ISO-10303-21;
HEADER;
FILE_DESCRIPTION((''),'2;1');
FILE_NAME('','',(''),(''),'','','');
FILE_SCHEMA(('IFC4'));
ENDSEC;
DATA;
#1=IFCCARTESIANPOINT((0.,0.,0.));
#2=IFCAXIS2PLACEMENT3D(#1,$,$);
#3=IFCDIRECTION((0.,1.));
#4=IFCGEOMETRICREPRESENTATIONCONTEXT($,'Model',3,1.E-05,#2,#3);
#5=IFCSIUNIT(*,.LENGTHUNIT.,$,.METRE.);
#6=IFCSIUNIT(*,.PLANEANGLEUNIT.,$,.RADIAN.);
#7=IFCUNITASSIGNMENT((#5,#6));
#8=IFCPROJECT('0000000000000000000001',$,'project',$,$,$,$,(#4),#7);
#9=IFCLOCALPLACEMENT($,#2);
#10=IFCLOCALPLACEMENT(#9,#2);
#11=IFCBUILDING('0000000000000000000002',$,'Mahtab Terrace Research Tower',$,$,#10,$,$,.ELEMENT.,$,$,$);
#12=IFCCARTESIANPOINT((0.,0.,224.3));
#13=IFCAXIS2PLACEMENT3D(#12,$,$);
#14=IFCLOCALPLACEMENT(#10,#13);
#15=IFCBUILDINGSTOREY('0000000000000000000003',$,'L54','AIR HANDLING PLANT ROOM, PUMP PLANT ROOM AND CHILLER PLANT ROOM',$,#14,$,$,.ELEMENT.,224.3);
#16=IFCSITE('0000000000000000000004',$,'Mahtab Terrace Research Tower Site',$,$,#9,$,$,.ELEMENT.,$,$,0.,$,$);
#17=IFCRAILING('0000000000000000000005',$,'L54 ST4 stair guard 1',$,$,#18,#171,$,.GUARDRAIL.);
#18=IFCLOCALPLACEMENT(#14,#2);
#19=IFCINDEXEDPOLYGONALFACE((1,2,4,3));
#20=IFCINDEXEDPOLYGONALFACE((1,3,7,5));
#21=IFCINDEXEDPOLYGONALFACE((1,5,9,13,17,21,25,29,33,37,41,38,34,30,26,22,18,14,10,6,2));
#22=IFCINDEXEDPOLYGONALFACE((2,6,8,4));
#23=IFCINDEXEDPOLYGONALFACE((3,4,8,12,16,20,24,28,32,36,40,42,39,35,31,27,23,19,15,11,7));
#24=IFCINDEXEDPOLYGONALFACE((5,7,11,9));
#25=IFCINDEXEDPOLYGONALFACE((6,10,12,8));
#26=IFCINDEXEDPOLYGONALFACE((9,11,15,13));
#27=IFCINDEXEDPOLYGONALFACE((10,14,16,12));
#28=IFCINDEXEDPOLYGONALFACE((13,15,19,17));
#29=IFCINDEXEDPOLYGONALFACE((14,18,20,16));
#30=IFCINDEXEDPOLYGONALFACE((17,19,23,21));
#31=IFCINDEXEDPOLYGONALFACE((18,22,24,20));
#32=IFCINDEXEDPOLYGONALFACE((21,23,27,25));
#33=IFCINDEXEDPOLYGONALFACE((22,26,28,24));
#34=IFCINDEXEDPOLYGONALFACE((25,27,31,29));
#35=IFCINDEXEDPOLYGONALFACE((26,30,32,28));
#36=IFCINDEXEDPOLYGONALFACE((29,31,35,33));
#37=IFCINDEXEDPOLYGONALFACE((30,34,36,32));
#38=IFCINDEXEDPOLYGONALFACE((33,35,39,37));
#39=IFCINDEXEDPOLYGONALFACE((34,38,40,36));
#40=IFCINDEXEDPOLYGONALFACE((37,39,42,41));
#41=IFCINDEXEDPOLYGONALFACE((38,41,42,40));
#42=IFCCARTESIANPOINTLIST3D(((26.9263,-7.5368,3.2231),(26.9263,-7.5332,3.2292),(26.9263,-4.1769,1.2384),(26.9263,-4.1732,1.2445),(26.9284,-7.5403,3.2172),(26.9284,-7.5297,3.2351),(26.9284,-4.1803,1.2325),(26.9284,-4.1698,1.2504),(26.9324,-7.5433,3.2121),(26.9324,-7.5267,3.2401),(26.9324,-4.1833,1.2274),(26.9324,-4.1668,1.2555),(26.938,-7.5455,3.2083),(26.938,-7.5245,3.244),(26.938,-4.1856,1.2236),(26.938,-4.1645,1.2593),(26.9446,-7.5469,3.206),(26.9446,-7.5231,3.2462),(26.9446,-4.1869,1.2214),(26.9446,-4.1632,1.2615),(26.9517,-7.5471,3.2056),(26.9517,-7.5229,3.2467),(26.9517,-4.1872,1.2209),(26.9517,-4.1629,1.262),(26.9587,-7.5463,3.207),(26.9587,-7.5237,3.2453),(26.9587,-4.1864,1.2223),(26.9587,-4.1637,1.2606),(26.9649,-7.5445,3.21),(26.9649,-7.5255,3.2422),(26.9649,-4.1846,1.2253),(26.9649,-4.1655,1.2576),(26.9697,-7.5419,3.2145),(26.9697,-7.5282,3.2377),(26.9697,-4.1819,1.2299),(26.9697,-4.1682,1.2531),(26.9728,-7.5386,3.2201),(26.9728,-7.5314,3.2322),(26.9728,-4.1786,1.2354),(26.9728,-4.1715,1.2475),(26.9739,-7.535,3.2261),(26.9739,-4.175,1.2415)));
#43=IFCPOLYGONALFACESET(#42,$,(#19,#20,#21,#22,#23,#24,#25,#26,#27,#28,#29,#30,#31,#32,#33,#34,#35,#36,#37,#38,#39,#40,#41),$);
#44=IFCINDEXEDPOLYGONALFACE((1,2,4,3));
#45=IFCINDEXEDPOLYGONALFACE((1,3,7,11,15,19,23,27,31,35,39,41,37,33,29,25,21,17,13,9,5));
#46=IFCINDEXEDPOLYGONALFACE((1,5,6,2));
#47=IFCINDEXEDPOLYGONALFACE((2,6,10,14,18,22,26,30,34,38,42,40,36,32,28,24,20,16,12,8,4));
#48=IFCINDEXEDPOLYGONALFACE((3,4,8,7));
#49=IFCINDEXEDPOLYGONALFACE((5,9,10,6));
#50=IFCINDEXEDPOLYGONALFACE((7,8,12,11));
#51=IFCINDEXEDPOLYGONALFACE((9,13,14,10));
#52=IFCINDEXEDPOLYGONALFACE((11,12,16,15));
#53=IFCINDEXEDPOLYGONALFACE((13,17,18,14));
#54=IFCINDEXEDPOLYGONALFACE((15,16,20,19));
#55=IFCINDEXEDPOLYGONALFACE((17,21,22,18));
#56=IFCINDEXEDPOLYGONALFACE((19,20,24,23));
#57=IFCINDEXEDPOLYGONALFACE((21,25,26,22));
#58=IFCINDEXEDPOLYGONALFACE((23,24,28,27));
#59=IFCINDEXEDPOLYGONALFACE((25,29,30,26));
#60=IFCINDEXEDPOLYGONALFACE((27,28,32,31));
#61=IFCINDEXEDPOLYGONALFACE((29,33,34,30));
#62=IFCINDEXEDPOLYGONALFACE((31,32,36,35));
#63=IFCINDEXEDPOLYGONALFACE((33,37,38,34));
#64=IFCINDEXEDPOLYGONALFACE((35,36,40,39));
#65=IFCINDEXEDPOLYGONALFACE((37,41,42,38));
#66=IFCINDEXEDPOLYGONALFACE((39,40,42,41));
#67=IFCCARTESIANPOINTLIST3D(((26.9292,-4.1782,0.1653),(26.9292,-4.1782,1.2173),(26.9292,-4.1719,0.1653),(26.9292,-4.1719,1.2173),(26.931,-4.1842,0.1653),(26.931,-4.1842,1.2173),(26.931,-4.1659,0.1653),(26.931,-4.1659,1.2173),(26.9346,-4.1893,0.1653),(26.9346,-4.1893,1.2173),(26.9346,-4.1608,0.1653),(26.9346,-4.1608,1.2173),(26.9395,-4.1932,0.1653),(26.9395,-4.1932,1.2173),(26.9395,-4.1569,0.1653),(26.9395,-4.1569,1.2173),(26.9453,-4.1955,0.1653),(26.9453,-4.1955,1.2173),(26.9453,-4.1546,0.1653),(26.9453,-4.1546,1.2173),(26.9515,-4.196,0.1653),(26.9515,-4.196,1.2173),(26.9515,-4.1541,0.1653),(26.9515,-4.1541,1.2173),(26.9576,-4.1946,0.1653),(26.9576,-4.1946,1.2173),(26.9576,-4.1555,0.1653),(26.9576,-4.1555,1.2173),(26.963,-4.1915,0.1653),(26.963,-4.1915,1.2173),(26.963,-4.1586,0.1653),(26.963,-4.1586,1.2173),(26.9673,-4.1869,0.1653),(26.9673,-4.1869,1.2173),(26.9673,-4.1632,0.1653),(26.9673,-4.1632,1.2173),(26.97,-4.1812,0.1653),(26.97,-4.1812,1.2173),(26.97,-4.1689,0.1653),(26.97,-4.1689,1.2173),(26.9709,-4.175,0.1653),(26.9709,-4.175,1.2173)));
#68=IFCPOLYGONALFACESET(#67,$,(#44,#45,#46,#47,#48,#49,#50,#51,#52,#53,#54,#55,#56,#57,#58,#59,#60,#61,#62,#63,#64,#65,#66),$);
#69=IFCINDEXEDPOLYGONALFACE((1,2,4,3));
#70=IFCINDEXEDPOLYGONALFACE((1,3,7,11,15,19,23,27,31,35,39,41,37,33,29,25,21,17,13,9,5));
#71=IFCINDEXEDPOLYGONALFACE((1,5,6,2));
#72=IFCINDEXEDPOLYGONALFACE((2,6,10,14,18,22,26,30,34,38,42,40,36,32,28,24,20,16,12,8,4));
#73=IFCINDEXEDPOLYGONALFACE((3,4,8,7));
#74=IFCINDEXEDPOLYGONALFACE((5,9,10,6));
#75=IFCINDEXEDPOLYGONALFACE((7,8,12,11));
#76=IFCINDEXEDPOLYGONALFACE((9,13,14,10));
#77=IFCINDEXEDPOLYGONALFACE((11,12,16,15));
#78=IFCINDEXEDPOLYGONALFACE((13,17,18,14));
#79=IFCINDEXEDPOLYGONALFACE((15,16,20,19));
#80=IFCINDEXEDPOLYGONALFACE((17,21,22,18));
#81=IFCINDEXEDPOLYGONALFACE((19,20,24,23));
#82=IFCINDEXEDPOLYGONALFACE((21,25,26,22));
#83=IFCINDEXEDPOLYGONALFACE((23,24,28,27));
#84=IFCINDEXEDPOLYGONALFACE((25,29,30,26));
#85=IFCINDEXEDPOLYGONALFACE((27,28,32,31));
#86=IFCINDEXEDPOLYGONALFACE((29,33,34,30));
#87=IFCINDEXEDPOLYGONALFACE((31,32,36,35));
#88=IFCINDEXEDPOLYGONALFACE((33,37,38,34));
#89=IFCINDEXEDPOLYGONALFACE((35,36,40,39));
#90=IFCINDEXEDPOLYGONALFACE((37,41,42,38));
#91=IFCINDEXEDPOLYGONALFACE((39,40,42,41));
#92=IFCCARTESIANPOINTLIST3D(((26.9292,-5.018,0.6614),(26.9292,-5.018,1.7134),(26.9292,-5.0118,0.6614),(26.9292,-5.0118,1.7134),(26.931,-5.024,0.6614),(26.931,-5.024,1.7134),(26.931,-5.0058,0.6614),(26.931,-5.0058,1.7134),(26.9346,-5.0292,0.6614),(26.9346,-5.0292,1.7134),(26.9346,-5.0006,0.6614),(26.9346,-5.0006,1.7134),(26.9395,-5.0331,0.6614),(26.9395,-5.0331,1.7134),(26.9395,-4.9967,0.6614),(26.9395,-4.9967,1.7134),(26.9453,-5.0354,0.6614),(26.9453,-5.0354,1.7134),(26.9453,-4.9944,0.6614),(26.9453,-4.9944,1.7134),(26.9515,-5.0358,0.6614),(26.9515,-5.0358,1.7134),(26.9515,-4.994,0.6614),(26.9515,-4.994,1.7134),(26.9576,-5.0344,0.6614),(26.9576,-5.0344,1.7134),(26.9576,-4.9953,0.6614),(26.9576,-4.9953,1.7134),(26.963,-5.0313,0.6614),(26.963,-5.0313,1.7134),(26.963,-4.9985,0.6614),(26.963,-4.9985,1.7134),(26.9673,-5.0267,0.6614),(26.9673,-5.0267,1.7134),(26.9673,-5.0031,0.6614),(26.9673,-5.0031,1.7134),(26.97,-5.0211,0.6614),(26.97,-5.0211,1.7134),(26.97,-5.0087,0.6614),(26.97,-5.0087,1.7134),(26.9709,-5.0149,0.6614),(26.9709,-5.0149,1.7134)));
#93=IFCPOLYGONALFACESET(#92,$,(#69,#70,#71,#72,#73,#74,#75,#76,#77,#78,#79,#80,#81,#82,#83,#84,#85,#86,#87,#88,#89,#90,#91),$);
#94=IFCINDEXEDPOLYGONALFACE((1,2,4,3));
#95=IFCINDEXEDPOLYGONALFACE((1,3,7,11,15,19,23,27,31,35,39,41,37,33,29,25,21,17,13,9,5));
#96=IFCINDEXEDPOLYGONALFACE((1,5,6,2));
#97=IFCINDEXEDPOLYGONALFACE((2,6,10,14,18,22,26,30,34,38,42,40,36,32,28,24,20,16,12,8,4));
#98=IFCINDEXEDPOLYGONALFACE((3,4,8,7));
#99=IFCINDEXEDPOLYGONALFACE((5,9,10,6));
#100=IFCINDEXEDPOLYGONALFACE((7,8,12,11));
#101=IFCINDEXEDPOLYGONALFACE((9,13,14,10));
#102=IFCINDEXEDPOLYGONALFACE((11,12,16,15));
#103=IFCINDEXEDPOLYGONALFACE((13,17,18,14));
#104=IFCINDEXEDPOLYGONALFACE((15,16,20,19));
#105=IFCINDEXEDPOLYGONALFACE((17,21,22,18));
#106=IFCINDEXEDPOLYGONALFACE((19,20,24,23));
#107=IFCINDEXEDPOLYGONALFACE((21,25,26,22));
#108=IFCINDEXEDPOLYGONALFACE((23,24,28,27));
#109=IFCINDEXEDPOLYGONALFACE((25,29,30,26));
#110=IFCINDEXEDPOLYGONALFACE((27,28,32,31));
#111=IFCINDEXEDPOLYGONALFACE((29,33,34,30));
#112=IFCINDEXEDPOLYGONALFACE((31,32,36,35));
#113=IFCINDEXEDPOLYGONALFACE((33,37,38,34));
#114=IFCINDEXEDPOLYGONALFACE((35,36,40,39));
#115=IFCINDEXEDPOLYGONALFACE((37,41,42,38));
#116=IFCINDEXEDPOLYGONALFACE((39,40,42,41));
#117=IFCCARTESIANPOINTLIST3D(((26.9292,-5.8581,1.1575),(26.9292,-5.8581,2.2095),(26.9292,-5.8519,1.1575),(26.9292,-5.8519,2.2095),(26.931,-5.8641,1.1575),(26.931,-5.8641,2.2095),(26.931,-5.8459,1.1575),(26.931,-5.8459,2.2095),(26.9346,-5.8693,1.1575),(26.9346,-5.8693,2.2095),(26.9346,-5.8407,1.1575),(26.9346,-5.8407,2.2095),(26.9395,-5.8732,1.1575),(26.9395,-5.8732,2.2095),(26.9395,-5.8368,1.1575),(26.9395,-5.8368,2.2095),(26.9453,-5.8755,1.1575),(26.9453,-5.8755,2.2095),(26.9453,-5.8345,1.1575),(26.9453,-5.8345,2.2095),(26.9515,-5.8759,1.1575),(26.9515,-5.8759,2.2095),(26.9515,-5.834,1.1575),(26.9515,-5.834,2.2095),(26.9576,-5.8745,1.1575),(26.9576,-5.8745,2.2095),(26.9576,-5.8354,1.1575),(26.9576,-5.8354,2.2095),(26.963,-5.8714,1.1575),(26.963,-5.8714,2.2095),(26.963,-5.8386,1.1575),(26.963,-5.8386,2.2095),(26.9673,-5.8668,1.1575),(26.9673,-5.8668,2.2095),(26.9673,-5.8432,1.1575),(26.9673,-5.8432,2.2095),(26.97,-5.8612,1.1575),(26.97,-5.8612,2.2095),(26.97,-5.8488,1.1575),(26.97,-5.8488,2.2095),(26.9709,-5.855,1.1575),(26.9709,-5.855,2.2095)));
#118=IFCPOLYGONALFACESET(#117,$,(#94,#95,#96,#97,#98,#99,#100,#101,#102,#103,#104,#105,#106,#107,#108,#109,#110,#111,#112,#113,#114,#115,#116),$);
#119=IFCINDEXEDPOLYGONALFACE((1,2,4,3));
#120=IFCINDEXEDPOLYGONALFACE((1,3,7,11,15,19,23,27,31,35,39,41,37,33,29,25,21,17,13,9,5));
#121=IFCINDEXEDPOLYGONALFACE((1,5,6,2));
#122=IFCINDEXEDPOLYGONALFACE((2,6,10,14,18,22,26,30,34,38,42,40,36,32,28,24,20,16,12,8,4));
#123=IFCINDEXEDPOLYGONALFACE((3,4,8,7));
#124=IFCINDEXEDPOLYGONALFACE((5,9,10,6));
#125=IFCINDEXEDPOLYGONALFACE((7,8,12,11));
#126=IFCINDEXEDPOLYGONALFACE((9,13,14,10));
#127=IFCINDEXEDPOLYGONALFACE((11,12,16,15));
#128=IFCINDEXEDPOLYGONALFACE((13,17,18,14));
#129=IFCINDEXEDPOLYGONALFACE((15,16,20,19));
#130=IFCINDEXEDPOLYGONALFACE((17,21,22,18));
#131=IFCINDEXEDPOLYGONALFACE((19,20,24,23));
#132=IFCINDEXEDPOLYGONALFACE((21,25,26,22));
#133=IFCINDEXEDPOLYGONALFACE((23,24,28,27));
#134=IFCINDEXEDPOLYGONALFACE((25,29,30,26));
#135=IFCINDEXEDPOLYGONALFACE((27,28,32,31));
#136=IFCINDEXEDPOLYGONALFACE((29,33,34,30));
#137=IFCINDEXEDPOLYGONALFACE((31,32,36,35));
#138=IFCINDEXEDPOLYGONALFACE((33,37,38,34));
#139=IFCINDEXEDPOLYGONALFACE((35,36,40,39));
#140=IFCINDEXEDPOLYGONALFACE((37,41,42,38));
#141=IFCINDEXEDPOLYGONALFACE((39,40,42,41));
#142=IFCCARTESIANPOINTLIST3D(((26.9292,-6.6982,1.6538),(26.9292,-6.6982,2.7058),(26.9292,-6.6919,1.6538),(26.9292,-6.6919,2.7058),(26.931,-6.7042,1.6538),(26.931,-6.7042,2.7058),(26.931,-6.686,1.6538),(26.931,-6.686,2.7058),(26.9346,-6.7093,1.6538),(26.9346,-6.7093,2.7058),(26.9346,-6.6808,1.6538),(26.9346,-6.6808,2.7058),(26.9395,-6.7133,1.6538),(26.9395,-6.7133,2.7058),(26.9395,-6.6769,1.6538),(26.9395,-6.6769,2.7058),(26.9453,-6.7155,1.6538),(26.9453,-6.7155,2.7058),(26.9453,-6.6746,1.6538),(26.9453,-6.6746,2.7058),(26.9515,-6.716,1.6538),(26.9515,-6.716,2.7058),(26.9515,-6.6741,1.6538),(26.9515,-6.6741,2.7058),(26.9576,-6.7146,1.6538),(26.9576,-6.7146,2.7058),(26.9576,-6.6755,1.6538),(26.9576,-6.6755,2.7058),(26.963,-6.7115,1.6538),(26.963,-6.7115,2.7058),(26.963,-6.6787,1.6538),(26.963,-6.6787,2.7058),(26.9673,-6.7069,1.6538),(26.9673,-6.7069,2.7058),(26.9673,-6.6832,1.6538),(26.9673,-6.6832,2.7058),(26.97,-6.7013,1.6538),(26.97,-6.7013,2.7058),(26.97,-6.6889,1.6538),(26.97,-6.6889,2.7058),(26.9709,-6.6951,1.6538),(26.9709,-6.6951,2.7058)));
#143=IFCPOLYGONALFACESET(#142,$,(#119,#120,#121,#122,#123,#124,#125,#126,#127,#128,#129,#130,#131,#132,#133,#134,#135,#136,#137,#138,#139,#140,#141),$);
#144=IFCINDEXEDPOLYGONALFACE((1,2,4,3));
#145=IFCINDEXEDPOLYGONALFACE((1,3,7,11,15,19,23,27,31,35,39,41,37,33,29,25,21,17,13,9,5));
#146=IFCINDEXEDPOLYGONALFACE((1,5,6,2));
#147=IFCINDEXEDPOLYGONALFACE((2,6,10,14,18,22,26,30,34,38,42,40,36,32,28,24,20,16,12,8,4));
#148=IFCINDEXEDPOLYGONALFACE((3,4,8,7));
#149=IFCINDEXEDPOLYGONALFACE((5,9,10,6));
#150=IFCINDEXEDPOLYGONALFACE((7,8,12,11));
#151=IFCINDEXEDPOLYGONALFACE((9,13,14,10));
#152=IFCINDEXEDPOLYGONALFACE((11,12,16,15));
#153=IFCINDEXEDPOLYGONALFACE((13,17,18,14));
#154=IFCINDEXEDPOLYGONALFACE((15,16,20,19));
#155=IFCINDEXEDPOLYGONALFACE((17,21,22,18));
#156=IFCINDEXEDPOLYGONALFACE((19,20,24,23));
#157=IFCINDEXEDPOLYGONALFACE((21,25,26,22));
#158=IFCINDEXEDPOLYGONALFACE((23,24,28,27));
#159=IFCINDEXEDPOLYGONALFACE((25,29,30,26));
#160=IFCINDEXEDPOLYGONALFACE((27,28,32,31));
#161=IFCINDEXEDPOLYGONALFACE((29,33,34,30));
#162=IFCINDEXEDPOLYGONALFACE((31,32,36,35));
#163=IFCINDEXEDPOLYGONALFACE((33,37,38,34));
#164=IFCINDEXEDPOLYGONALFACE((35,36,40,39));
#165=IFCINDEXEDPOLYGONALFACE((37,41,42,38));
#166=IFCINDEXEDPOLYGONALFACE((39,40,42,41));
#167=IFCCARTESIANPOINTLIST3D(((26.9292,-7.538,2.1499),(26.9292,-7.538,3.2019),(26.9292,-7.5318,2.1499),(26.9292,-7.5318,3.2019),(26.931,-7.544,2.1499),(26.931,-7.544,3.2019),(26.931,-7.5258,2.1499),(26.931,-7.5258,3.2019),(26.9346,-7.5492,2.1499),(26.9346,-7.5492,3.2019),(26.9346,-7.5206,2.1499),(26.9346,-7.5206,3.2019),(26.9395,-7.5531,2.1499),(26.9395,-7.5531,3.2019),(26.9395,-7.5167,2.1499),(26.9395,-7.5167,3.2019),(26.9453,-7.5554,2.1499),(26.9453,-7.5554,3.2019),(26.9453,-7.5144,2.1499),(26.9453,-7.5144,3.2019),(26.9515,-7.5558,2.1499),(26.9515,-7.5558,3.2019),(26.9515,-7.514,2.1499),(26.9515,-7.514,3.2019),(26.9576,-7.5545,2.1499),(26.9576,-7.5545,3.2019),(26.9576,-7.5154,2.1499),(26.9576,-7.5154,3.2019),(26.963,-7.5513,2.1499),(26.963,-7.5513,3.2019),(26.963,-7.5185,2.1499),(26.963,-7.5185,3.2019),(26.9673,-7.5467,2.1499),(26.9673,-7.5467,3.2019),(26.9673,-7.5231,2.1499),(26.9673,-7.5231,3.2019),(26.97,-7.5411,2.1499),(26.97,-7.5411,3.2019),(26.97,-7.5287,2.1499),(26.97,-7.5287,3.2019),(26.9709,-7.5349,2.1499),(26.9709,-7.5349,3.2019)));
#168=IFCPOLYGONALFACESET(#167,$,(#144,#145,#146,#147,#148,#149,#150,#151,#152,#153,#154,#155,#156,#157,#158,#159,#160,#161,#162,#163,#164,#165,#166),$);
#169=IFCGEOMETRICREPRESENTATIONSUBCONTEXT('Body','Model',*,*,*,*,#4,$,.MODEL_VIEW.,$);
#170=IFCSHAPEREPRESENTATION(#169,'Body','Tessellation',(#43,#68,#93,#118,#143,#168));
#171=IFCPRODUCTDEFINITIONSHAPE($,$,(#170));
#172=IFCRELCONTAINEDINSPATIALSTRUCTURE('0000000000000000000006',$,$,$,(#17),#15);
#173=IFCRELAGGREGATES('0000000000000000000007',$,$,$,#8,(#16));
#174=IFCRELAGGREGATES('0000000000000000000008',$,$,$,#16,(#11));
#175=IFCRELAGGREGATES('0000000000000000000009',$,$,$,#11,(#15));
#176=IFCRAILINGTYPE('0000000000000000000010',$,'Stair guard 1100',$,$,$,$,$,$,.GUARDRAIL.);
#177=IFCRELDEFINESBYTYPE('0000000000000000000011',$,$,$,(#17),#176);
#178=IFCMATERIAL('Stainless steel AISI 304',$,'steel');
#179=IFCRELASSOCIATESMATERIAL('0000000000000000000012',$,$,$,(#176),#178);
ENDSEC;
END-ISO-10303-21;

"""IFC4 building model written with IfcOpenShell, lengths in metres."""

from ifc_helpers import new_model, si_unit, direction, frame, origin, origin_2d, place, context, subcontext, project, spatial, circle, extrude, material, type_object, element, save


model = new_model("IFC4")

# Units and contexts
model_context = context("Model", 3, precision=1e-05, world=origin(), true_north=direction((0.0, 1.0)))
body_context = subcontext(model_context, "Body", "Model", "MODEL_VIEW")
ifc_project = project(units=[si_unit("LENGTHUNIT", "METRE"), si_unit("PLANEANGLEUNIT", "RADIAN")], contexts=[model_context])

# Site, building, storey
site_placement = place(None, origin())
site = spatial("IfcSite", under=ifc_project, at=site_placement, Name="Mahtab Terrace Research Tower Site", CompositionType="ELEMENT", RefElevation=0.0)
building_placement = place(site_placement, origin())
building = spatial("IfcBuilding", under=site, at=building_placement, Name="Mahtab Terrace Research Tower", CompositionType="ELEMENT")
storey_placement = place(building_placement, frame((0.0, 0.0, 224.3)))
storey = spatial("IfcBuildingStorey", under=building, at=storey_placement, Name="L54", Description="AIR HANDLING PLANT ROOM, PUMP PLANT ROOM AND CHILLER PLANT ROOM", CompositionType="ELEMENT", Elevation=224.3)

# Railing
ifc_material_1 = material(Name="Stainless steel AISI 304", Category="steel")
railing_type_1 = type_object("IfcRailingType", Name="Stair guard 1100", PredefinedType="GUARDRAIL", material=ifc_material_1)
railing_1_placement = place(storey_placement, frame((26.95, -4.175, 0.1653)))
element("IfcRailing", 1, at=railing_1_placement, inside=storey, type_object=railing_type_1, Name="L54 ST4 stair guard 1", PredefinedType="GUARDRAIL", context=body_context, shape_type="SweptSolid", body=[
    extrude(circle(Radius=0.0239, at=origin_2d()), frame((0.0, 0.0, 1.0762), z_axis=(0.0, -0.861011, 0.508586), x_axis=(1.0, 0.0, 0.0)), (0.0, 0.0, 1.0), 3.9023),
    extrude(circle(Radius=0.021, at=origin_2d()), origin(), (0.0, 0.0, 1.0), 1.052),
    extrude(circle(Radius=0.021, at=origin_2d()), frame((0.0, -0.8398, 0.4961)), (0.0, 0.0, 1.0), 1.052),
    extrude(circle(Radius=0.021, at=origin_2d()), frame((0.0, -1.6799, 0.9922)), (0.0, 0.0, 1.0), 1.052),
    extrude(circle(Radius=0.021, at=origin_2d()), frame((0.0, -2.52, 1.4885)), (0.0, 0.0, 1.0), 1.052),
    extrude(circle(Radius=0.021, at=origin_2d()), frame((0.0, -3.3599, 1.9846)), (0.0, 0.0, 1.0), 1.052),
])

save(model, "model.ifc")
